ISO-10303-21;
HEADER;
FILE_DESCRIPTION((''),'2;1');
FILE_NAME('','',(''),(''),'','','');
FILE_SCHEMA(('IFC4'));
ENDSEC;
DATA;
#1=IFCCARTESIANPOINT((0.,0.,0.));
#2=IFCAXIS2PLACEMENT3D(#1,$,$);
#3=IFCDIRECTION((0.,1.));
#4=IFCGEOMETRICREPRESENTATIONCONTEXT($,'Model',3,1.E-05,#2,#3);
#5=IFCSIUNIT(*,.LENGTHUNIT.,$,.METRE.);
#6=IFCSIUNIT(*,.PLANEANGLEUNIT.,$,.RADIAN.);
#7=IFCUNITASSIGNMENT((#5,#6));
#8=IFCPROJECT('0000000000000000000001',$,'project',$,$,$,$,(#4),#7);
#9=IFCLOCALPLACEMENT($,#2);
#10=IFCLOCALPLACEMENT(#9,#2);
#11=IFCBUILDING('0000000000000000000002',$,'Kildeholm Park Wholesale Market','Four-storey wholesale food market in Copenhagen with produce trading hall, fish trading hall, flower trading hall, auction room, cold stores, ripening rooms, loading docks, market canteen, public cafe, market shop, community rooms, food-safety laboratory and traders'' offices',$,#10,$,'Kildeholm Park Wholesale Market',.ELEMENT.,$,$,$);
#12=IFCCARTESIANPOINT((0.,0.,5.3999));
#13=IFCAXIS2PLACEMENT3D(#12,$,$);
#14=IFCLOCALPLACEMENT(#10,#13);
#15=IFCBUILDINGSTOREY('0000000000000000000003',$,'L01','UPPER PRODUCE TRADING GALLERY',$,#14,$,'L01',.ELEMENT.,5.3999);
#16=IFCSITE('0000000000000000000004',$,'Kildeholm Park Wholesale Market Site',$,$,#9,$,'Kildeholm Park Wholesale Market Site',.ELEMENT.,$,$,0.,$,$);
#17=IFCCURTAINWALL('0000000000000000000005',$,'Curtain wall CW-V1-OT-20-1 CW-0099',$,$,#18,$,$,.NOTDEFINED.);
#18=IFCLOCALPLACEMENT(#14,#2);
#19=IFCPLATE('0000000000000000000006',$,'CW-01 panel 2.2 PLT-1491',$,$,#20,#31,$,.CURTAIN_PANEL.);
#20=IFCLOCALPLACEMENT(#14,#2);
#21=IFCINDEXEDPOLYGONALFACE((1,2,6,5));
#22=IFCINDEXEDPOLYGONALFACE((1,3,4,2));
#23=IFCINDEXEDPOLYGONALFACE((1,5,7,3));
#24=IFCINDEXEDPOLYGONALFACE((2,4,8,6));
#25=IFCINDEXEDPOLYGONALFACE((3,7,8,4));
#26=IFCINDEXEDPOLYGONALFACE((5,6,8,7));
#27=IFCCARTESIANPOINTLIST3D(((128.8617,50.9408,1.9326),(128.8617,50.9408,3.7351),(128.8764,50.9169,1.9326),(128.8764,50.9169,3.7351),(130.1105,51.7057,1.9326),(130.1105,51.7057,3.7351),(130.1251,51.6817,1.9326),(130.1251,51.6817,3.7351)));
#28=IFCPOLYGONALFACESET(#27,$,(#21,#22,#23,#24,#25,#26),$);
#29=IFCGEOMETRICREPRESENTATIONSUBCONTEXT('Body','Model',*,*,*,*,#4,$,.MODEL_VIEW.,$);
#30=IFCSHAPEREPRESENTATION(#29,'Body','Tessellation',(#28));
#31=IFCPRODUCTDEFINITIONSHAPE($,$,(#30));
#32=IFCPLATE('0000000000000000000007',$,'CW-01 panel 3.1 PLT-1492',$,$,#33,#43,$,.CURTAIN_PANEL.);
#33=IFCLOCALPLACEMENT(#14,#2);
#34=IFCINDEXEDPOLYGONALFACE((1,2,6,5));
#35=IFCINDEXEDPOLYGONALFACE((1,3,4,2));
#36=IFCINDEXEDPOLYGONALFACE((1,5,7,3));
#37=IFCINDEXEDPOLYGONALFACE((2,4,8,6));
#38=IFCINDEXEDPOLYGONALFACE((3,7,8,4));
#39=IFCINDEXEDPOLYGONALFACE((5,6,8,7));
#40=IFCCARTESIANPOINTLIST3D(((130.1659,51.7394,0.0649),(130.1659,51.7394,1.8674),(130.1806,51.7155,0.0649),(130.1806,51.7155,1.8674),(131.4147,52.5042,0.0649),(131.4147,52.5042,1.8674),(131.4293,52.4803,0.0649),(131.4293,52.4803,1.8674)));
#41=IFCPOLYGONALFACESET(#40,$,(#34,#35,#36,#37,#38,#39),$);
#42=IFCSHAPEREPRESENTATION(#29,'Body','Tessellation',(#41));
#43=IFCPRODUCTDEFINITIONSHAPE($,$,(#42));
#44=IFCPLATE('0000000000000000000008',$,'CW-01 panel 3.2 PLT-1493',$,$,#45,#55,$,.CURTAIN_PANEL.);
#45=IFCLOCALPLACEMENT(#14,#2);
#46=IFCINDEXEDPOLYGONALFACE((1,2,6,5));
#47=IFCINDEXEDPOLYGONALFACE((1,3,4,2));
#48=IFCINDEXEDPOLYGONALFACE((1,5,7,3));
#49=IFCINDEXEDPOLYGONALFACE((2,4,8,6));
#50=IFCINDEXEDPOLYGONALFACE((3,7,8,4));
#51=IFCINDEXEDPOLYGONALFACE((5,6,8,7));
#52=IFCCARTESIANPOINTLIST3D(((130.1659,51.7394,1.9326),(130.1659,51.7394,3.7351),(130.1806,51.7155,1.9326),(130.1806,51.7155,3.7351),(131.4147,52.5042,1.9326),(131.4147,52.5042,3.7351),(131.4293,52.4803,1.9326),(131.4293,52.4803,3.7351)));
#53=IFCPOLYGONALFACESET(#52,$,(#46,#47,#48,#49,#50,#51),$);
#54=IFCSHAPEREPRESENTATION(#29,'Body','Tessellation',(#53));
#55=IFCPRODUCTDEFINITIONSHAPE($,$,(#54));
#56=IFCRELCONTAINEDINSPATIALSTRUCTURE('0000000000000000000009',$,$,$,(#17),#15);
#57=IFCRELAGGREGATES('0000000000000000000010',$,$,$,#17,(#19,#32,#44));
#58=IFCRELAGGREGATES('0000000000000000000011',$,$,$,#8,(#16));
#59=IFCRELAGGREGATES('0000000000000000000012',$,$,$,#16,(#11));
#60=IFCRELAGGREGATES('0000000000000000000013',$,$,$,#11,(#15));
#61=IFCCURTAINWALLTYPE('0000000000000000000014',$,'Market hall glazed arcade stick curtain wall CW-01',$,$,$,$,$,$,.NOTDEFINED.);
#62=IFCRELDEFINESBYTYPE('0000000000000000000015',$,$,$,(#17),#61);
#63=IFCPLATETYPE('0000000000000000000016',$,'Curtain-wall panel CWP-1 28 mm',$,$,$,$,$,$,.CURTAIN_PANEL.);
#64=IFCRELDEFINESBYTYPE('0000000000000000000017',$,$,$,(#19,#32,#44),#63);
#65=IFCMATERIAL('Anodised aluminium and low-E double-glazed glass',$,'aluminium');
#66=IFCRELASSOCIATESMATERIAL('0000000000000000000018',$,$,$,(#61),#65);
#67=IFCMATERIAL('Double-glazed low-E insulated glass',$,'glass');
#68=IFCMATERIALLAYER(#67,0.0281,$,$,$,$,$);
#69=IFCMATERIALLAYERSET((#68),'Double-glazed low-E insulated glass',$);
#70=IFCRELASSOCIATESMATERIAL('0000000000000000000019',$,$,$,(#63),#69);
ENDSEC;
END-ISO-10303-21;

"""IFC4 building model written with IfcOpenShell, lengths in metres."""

from ifc_helpers import new_model, si_unit, direction, frame, origin, origin_2d, place, context, subcontext, project, spatial, rectangle, extrude, material, layer, layer_set, type_object, element, aggregate, save


model = new_model("IFC4")

# Units and contexts
model_context = context("Model", 3, precision=1e-05, world=origin(), true_north=direction((0.0, 1.0)))
body_context = subcontext(model_context, "Body", "Model", "MODEL_VIEW")
ifc_project = project(units=[si_unit("LENGTHUNIT", "METRE"), si_unit("PLANEANGLEUNIT", "RADIAN")], contexts=[model_context])

# Site, building, storey
site_placement = place(None, origin())
site = spatial("IfcSite", under=ifc_project, at=site_placement, Name="Kildeholm Park Wholesale Market Site", LongName="Kildeholm Park Wholesale Market Site", CompositionType="ELEMENT", RefElevation=0.0)
building_placement = place(site_placement, origin())
building = spatial("IfcBuilding", under=site, at=building_placement, Name="Kildeholm Park Wholesale Market", Description="Four-storey wholesale food market in Copenhagen with produce trading hall, fish trading hall, flower trading hall, auction room, cold stores, ripening rooms, loading docks, market canteen, public cafe, market shop, community rooms, food-safety laboratory and traders' offices", LongName="Kildeholm Park Wholesale Market", CompositionType="ELEMENT")
storey_placement = place(building_placement, frame((0.0, 0.0, 5.3999)))
storey = spatial("IfcBuildingStorey", under=building, at=storey_placement, Name="L01", Description="UPPER PRODUCE TRADING GALLERY", LongName="L01", CompositionType="ELEMENT", Elevation=5.3999)

# Curtain wall
ifc_material_1 = material(Name="Anodised aluminium and low-E double-glazed glass", Category="aluminium")
curtain_wall_type = type_object("IfcCurtainWallType", Name="Market hall glazed arcade stick curtain wall CW-01", PredefinedType="NOTDEFINED", material=ifc_material_1)
curtain_wall_1_placement = place(storey_placement, origin())
curtain_wall_1 = element("IfcCurtainWall", 1, at=curtain_wall_1_placement, inside=storey, type_object=curtain_wall_type, Name="Curtain wall CW-V1-OT-20-1 CW-0099", PredefinedType="NOTDEFINED")

# Plates
ifc_material_2 = material(Name="Double-glazed low-E insulated glass", Category="glass")
ifc_layer = layer(ifc_material_2, 0.0281)
ifc_layer_set = layer_set([ifc_layer], Name="Double-glazed low-E insulated glass")
plate_type = type_object("IfcPlateType", Name="Curtain-wall panel CWP-1 28 mm", PredefinedType="CURTAIN_PANEL", material=ifc_layer_set)
plate_1_placement = place(storey_placement, frame((129.4934, 51.3113, 1.9326), z_axis=(0.0, 0.0, 1.0), x_axis=(0.852771, 0.522284, 0.0)))
plate_1 = element("IfcPlate", 2, at=plate_1_placement, type_object=plate_type, Name="CW-01 panel 2.2 PLT-1491", PredefinedType="CURTAIN_PANEL", context=body_context, shape_type="SweptSolid", body=[
    extrude(rectangle(XDim=1.4644, YDim=0.0281, at=origin_2d()), origin(), (0.0, 0.0, 1.0), 1.8025),
])
plate_2_placement = place(storey_placement, frame((130.7976, 52.1099, 0.0649), z_axis=(0.0, 0.0, 1.0), x_axis=(0.852771, 0.522284, 0.0)))
plate_2 = element("IfcPlate", 3, at=plate_2_placement, type_object=plate_type, Name="CW-01 panel 3.1 PLT-1492", PredefinedType="CURTAIN_PANEL", context=body_context, shape_type="SweptSolid", body=[
    extrude(rectangle(XDim=1.4644, YDim=0.0281, at=origin_2d()), origin(), (0.0, 0.0, 1.0), 1.8025),
])
plate_3_placement = place(storey_placement, frame((130.7976, 52.1099, 1.9326), z_axis=(0.0, 0.0, 1.0), x_axis=(0.852771, 0.522284, 0.0)))
plate_3 = element("IfcPlate", 4, at=plate_3_placement, type_object=plate_type, Name="CW-01 panel 3.2 PLT-1493", PredefinedType="CURTAIN_PANEL", context=body_context, shape_type="SweptSolid", body=[
    extrude(rectangle(XDim=1.4644, YDim=0.0281, at=origin_2d()), origin(), (0.0, 0.0, 1.0), 1.8025),
])
aggregate(curtain_wall_1, [plate_1, plate_2, plate_3])

save(model, "model.ifc")
